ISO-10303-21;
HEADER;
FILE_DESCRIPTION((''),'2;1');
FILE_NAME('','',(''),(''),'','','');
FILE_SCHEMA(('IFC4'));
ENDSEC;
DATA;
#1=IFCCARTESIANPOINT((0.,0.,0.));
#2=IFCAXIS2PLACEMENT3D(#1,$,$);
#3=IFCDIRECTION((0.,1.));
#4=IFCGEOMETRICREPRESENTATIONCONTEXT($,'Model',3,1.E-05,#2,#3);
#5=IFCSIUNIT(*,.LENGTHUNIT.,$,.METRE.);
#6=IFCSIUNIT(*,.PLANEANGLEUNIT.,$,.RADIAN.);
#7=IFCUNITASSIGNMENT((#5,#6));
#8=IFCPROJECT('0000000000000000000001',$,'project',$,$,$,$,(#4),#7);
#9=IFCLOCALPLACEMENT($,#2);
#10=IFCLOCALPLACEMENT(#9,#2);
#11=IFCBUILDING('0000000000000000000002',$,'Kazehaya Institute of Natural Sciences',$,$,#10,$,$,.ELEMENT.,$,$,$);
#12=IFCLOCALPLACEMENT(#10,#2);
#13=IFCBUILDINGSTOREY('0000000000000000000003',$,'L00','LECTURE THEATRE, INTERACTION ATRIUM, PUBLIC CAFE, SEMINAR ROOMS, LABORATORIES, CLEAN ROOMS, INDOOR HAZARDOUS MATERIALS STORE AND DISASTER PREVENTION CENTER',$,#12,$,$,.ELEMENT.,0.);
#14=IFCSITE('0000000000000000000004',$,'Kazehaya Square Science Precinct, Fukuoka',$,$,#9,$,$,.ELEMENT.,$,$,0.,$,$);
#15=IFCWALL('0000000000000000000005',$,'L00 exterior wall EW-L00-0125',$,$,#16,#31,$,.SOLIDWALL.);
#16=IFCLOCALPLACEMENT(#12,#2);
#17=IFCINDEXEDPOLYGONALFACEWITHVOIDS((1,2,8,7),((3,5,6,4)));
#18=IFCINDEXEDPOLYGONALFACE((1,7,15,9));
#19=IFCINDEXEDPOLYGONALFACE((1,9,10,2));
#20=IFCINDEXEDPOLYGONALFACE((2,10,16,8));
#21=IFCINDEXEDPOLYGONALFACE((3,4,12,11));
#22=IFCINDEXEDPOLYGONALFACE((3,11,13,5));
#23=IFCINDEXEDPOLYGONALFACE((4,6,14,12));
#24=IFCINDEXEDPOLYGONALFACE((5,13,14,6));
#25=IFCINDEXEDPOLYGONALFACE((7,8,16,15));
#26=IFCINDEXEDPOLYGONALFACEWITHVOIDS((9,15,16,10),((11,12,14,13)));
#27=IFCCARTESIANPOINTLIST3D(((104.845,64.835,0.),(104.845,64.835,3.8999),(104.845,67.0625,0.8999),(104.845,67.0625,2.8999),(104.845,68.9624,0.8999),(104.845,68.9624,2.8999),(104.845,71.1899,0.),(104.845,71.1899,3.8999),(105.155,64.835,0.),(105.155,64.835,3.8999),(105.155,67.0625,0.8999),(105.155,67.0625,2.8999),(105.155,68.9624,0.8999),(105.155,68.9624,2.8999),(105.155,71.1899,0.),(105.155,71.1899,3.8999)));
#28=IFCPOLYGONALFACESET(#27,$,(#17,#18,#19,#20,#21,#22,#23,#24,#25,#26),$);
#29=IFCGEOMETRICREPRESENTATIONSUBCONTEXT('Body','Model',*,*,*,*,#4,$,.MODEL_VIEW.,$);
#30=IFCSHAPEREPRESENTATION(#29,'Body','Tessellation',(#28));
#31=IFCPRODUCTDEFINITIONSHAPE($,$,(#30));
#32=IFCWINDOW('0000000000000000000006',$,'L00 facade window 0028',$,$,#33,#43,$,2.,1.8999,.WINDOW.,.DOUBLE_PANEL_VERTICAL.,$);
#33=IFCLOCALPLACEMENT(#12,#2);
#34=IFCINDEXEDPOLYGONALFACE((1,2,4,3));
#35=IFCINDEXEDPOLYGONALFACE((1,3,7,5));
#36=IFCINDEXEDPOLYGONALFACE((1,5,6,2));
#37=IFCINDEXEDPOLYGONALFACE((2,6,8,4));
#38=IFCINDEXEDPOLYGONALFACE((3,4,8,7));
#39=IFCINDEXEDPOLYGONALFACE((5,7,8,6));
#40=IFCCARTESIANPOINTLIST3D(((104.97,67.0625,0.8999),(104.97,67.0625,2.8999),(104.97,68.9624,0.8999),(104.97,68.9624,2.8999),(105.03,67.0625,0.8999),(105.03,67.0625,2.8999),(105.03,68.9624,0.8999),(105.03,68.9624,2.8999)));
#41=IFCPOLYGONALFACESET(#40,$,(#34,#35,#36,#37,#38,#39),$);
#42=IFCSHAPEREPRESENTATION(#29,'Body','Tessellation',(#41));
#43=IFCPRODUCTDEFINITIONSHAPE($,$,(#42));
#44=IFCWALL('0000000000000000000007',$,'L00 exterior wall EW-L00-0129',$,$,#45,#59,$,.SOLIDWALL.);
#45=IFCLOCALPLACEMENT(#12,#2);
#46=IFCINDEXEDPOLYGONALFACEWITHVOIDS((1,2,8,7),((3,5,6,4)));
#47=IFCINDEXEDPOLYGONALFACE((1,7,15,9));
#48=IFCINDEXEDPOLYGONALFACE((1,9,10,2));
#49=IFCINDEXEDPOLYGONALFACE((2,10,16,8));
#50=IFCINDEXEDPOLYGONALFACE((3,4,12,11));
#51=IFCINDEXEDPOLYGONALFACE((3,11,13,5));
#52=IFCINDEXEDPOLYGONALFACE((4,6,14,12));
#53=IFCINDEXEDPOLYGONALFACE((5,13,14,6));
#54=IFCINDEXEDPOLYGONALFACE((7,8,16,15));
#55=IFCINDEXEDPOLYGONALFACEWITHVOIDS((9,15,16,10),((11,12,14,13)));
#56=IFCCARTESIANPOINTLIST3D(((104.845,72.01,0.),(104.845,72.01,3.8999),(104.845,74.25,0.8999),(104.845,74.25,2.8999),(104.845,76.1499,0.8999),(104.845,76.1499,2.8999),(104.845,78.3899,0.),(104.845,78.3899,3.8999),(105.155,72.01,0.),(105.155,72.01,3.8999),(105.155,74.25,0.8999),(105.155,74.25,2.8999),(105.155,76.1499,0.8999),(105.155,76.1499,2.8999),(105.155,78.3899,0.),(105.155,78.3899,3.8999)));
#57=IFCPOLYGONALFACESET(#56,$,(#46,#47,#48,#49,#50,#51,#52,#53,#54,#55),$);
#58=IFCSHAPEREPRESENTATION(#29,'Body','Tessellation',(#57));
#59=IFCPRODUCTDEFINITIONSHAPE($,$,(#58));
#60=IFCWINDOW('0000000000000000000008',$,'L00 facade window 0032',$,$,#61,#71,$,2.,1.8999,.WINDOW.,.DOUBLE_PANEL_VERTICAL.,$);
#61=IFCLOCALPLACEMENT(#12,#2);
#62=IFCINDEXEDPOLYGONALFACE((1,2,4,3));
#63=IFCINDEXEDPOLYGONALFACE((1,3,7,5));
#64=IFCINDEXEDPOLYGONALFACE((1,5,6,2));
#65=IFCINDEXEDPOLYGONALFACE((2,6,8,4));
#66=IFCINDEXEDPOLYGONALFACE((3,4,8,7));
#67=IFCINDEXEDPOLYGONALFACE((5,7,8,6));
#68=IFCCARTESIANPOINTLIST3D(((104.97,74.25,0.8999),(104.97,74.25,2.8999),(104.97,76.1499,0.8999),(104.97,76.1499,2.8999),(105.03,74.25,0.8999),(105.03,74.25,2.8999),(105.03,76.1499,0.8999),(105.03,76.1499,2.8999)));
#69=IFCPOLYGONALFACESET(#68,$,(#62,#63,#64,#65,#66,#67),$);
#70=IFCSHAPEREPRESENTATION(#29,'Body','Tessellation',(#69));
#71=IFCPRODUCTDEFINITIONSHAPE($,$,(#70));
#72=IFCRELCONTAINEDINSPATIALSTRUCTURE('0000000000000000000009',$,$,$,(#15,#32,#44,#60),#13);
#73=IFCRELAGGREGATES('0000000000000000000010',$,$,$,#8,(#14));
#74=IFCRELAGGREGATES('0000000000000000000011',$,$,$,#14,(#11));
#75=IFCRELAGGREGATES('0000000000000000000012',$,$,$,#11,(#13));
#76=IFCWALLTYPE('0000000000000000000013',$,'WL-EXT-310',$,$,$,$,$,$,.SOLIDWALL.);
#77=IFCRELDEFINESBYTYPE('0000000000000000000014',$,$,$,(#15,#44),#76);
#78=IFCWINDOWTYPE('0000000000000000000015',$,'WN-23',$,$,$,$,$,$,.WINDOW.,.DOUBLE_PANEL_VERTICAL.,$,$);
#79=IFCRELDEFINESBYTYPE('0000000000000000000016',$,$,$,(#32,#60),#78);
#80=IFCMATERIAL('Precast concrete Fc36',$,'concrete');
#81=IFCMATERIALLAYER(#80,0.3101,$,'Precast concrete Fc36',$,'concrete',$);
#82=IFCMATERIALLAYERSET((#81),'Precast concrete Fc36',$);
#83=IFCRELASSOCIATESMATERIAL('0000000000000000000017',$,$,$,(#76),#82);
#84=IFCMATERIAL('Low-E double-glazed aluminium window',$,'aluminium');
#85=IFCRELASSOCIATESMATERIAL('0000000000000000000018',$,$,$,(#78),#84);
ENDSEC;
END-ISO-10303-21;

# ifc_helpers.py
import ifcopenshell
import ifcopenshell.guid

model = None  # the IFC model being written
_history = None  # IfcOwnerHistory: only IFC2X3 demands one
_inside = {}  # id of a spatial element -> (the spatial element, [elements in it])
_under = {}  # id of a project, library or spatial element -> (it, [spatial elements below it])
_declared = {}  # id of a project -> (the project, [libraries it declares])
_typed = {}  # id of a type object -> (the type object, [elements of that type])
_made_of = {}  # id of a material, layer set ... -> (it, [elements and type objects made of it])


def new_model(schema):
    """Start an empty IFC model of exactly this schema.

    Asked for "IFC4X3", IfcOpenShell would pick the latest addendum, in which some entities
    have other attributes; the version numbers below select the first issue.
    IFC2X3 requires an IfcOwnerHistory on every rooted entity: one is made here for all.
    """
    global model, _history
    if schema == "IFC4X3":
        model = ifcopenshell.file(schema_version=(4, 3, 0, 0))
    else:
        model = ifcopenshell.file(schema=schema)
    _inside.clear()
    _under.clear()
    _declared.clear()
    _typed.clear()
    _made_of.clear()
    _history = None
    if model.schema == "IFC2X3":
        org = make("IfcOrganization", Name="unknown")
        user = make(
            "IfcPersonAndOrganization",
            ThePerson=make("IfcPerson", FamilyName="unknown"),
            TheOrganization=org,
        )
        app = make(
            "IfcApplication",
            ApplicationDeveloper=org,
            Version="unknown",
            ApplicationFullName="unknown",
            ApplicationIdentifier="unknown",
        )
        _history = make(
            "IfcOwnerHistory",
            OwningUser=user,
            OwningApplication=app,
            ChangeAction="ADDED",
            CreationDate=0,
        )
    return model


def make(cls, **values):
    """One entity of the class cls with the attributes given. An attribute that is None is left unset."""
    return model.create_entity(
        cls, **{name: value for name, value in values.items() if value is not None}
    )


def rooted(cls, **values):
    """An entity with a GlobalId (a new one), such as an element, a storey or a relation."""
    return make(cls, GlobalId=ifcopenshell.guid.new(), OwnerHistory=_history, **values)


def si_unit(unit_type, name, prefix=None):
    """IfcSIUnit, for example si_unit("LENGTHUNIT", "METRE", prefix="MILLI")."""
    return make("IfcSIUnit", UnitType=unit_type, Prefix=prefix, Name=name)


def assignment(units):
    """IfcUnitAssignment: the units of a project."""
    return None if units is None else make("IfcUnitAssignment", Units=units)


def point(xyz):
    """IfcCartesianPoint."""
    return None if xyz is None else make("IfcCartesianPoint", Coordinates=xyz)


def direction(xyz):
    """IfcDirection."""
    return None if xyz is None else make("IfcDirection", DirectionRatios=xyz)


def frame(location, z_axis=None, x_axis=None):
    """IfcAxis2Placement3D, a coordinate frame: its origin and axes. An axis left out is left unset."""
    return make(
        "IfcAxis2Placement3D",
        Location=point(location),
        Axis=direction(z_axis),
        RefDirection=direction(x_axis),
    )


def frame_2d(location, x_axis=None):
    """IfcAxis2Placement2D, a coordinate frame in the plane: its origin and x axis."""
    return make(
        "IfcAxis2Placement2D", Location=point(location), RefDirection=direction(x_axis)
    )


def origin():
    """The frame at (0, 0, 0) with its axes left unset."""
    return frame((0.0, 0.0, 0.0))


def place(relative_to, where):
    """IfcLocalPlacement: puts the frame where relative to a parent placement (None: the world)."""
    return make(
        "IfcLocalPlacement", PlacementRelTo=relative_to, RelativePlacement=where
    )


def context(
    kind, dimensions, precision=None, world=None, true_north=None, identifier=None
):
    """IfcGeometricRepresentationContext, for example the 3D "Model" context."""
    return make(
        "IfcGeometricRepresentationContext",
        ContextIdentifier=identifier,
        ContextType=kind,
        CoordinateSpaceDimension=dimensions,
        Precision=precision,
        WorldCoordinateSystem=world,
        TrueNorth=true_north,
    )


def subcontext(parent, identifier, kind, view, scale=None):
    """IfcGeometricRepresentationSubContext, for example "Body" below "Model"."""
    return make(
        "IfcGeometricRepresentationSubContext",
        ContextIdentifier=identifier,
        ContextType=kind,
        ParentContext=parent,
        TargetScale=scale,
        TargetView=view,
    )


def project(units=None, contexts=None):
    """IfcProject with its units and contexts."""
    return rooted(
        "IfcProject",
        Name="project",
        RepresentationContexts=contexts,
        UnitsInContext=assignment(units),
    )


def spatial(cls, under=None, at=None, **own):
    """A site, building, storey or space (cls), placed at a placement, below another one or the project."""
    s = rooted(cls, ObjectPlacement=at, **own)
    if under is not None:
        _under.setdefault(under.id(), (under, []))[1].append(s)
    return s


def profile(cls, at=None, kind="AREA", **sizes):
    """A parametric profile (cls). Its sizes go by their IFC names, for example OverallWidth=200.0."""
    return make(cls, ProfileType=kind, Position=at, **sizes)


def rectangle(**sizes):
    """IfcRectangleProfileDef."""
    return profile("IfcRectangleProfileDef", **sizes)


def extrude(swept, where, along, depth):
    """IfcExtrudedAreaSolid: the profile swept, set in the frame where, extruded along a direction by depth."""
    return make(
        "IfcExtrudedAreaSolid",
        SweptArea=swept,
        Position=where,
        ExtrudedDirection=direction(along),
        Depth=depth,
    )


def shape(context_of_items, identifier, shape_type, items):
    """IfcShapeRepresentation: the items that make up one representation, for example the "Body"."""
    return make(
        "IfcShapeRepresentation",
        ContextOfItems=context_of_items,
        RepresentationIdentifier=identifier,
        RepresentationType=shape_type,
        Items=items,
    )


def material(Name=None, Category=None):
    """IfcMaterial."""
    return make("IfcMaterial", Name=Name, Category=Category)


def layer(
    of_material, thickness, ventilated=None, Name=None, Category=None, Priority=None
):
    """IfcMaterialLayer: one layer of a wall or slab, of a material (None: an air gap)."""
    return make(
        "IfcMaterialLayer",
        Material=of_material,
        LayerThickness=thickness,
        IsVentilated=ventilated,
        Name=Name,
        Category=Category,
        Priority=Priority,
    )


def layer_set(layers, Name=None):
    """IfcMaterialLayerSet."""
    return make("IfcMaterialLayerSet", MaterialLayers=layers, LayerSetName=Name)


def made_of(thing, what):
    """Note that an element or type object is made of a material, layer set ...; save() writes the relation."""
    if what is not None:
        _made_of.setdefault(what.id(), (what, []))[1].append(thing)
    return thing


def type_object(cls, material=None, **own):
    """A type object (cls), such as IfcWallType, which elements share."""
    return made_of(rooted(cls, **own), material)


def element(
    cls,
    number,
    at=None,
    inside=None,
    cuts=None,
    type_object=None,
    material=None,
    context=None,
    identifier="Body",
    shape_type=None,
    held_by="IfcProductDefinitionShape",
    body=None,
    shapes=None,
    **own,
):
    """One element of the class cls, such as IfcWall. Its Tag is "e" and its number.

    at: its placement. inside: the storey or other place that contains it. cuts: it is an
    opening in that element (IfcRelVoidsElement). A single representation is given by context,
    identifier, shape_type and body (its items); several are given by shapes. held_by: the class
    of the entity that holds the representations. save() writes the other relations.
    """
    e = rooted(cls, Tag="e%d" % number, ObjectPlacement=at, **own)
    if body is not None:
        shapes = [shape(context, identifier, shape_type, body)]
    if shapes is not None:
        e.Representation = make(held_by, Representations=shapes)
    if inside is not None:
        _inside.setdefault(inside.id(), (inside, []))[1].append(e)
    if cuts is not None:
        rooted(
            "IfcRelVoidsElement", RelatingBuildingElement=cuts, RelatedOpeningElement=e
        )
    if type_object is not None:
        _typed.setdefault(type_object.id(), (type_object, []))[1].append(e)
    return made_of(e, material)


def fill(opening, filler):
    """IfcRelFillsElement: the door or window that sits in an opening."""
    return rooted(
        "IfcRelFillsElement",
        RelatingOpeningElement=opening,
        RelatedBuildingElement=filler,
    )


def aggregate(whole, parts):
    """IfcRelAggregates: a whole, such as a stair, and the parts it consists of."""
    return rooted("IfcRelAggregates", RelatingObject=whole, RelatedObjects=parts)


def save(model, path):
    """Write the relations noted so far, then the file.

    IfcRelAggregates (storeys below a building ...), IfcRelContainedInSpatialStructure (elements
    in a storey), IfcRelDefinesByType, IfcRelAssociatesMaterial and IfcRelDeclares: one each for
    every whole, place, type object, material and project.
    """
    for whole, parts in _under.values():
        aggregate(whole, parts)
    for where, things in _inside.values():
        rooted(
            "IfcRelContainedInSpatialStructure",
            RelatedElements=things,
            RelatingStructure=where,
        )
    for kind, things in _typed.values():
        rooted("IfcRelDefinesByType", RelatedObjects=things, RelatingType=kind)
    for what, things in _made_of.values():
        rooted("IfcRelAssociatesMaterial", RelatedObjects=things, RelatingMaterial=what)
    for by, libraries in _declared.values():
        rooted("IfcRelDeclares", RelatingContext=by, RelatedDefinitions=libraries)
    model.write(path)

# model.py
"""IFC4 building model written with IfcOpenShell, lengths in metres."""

from ifc_helpers import new_model, si_unit, direction, frame, frame_2d, origin, place, context, subcontext, project, spatial, rectangle, extrude, material, layer, layer_set, type_object, element, fill, save


model = new_model("IFC4")

# Units and contexts
model_context = context("Model", 3, precision=1e-05, world=origin(), true_north=direction((0.0, 1.0)))
body_context = subcontext(model_context, "Body", "Model", "MODEL_VIEW")
ifc_project = project(units=[si_unit("LENGTHUNIT", "METRE"), si_unit("PLANEANGLEUNIT", "RADIAN")], contexts=[model_context])

# Site, building, storey
site_placement = place(None, origin())
site = spatial("IfcSite", under=ifc_project, at=site_placement, Name="Kazehaya Square Science Precinct, Fukuoka", CompositionType="ELEMENT", RefElevation=0.0)
building_placement = place(site_placement, origin())
building = spatial("IfcBuilding", under=site, at=building_placement, Name="Kazehaya Institute of Natural Sciences", CompositionType="ELEMENT")
storey_placement = place(building_placement, origin())
storey = spatial("IfcBuildingStorey", under=building, at=storey_placement, Name="L00", Description="LECTURE THEATRE, INTERACTION ATRIUM, PUBLIC CAFE, SEMINAR ROOMS, LABORATORIES, CLEAN ROOMS, INDOOR HAZARDOUS MATERIALS STORE AND DISASTER PREVENTION CENTER", CompositionType="ELEMENT", Elevation=0.0)

# Walls, openings, windows
ifc_material_1 = material(Name="Precast concrete Fc36", Category="concrete")
ifc_layer = layer(ifc_material_1, 0.3101, Name="Precast concrete Fc36", Category="concrete")
ifc_layer_set = layer_set([ifc_layer], Name="Precast concrete Fc36")
wall_type = type_object("IfcWallType", Name="WL-EXT-310", PredefinedType="SOLIDWALL", material=ifc_layer_set)
ifc_material_2 = material(Name="Low-E double-glazed aluminium window", Category="aluminium")
wall_1_placement = place(storey_placement, frame((105.0, 64.835, 0.0), z_axis=(0.0, 0.0, 1.0), x_axis=(0.0, 1.0, 0.0)))
wall_1 = element("IfcWall", 1, at=wall_1_placement, inside=storey, type_object=wall_type, Name="L00 exterior wall EW-L00-0125", PredefinedType="SOLIDWALL", context=body_context, shape_type="SweptSolid", body=[
    extrude(rectangle(XDim=6.355, YDim=0.3101, at=frame_2d((3.1775, 0.0))), origin(), (0.0, 0.0, 1.0), 3.8999),
])
opening_1_placement = place(wall_1_placement, frame((2.2275, 0.0, 0.8999)))
opening_1 = element("IfcOpeningElement", 2, at=opening_1_placement, cuts=wall_1, PredefinedType="OPENING", context=body_context, shape_type="SweptSolid", body=[
    extrude(rectangle(XDim=1.8999, YDim=2.0, at=frame_2d((0.95, 1.0))), frame((0.0, 0.165, 0.0), z_axis=(0.0, -1.0, 0.0), x_axis=(1.0, 0.0, 0.0)), (0.0, 0.0, 1.0), 0.3301),
])
window_type_1 = type_object("IfcWindowType", Name="WN-23", PartitioningType="DOUBLE_PANEL_VERTICAL", PredefinedType="WINDOW", material=ifc_material_2)
window_1_placement = place(opening_1_placement, origin())
window_1 = element("IfcWindow", 3, at=window_1_placement, inside=storey, type_object=window_type_1, Name="L00 facade window 0028", OverallHeight=2.0, OverallWidth=1.8999, PartitioningType="DOUBLE_PANEL_VERTICAL", PredefinedType="WINDOW", context=body_context, shape_type="SweptSolid", body=[
    extrude(rectangle(XDim=1.8999, YDim=2.0, at=frame_2d((0.95, 1.0))), frame((0.0, 0.03, 0.0), z_axis=(0.0, -1.0, 0.0), x_axis=(1.0, 0.0, 0.0)), (0.0, 0.0, 1.0), 0.0601),
])
fill(opening_1, window_1)
wall_2_placement = place(storey_placement, frame((105.0, 72.01, 0.0), z_axis=(0.0, 0.0, 1.0), x_axis=(0.0, 1.0, 0.0)))
wall_2 = element("IfcWall", 4, at=wall_2_placement, inside=storey, type_object=wall_type, Name="L00 exterior wall EW-L00-0129", PredefinedType="SOLIDWALL", context=body_context, shape_type="SweptSolid", body=[
    extrude(rectangle(XDim=6.3799, YDim=0.3101, at=frame_2d((3.1899, 0.0))), origin(), (0.0, 0.0, 1.0), 3.8999),
])
opening_2_placement = place(wall_2_placement, frame((2.24, 0.0, 0.8999)))
opening_2 = element("IfcOpeningElement", 5, at=opening_2_placement, cuts=wall_2, PredefinedType="OPENING", context=body_context, shape_type="SweptSolid", body=[
    extrude(rectangle(XDim=1.8999, YDim=2.0, at=frame_2d((0.95, 1.0))), frame((0.0, 0.165, 0.0), z_axis=(0.0, -1.0, 0.0), x_axis=(1.0, 0.0, 0.0)), (0.0, 0.0, 1.0), 0.3301),
])
window_2_placement = place(opening_2_placement, origin())
window_2 = element("IfcWindow", 6, at=window_2_placement, inside=storey, type_object=window_type_1, Name="L00 facade window 0032", OverallHeight=2.0, OverallWidth=1.8999, PartitioningType="DOUBLE_PANEL_VERTICAL", PredefinedType="WINDOW", context=body_context, shape_type="SweptSolid", body=[
    extrude(rectangle(XDim=1.8999, YDim=2.0, at=frame_2d((0.95, 1.0))), frame((0.0, 0.03, 0.0), z_axis=(0.0, -1.0, 0.0), x_axis=(1.0, 0.0, 0.0)), (0.0, 0.0, 1.0), 0.0601),
])
fill(opening_2, window_2)

save(model, "model.ifc")
